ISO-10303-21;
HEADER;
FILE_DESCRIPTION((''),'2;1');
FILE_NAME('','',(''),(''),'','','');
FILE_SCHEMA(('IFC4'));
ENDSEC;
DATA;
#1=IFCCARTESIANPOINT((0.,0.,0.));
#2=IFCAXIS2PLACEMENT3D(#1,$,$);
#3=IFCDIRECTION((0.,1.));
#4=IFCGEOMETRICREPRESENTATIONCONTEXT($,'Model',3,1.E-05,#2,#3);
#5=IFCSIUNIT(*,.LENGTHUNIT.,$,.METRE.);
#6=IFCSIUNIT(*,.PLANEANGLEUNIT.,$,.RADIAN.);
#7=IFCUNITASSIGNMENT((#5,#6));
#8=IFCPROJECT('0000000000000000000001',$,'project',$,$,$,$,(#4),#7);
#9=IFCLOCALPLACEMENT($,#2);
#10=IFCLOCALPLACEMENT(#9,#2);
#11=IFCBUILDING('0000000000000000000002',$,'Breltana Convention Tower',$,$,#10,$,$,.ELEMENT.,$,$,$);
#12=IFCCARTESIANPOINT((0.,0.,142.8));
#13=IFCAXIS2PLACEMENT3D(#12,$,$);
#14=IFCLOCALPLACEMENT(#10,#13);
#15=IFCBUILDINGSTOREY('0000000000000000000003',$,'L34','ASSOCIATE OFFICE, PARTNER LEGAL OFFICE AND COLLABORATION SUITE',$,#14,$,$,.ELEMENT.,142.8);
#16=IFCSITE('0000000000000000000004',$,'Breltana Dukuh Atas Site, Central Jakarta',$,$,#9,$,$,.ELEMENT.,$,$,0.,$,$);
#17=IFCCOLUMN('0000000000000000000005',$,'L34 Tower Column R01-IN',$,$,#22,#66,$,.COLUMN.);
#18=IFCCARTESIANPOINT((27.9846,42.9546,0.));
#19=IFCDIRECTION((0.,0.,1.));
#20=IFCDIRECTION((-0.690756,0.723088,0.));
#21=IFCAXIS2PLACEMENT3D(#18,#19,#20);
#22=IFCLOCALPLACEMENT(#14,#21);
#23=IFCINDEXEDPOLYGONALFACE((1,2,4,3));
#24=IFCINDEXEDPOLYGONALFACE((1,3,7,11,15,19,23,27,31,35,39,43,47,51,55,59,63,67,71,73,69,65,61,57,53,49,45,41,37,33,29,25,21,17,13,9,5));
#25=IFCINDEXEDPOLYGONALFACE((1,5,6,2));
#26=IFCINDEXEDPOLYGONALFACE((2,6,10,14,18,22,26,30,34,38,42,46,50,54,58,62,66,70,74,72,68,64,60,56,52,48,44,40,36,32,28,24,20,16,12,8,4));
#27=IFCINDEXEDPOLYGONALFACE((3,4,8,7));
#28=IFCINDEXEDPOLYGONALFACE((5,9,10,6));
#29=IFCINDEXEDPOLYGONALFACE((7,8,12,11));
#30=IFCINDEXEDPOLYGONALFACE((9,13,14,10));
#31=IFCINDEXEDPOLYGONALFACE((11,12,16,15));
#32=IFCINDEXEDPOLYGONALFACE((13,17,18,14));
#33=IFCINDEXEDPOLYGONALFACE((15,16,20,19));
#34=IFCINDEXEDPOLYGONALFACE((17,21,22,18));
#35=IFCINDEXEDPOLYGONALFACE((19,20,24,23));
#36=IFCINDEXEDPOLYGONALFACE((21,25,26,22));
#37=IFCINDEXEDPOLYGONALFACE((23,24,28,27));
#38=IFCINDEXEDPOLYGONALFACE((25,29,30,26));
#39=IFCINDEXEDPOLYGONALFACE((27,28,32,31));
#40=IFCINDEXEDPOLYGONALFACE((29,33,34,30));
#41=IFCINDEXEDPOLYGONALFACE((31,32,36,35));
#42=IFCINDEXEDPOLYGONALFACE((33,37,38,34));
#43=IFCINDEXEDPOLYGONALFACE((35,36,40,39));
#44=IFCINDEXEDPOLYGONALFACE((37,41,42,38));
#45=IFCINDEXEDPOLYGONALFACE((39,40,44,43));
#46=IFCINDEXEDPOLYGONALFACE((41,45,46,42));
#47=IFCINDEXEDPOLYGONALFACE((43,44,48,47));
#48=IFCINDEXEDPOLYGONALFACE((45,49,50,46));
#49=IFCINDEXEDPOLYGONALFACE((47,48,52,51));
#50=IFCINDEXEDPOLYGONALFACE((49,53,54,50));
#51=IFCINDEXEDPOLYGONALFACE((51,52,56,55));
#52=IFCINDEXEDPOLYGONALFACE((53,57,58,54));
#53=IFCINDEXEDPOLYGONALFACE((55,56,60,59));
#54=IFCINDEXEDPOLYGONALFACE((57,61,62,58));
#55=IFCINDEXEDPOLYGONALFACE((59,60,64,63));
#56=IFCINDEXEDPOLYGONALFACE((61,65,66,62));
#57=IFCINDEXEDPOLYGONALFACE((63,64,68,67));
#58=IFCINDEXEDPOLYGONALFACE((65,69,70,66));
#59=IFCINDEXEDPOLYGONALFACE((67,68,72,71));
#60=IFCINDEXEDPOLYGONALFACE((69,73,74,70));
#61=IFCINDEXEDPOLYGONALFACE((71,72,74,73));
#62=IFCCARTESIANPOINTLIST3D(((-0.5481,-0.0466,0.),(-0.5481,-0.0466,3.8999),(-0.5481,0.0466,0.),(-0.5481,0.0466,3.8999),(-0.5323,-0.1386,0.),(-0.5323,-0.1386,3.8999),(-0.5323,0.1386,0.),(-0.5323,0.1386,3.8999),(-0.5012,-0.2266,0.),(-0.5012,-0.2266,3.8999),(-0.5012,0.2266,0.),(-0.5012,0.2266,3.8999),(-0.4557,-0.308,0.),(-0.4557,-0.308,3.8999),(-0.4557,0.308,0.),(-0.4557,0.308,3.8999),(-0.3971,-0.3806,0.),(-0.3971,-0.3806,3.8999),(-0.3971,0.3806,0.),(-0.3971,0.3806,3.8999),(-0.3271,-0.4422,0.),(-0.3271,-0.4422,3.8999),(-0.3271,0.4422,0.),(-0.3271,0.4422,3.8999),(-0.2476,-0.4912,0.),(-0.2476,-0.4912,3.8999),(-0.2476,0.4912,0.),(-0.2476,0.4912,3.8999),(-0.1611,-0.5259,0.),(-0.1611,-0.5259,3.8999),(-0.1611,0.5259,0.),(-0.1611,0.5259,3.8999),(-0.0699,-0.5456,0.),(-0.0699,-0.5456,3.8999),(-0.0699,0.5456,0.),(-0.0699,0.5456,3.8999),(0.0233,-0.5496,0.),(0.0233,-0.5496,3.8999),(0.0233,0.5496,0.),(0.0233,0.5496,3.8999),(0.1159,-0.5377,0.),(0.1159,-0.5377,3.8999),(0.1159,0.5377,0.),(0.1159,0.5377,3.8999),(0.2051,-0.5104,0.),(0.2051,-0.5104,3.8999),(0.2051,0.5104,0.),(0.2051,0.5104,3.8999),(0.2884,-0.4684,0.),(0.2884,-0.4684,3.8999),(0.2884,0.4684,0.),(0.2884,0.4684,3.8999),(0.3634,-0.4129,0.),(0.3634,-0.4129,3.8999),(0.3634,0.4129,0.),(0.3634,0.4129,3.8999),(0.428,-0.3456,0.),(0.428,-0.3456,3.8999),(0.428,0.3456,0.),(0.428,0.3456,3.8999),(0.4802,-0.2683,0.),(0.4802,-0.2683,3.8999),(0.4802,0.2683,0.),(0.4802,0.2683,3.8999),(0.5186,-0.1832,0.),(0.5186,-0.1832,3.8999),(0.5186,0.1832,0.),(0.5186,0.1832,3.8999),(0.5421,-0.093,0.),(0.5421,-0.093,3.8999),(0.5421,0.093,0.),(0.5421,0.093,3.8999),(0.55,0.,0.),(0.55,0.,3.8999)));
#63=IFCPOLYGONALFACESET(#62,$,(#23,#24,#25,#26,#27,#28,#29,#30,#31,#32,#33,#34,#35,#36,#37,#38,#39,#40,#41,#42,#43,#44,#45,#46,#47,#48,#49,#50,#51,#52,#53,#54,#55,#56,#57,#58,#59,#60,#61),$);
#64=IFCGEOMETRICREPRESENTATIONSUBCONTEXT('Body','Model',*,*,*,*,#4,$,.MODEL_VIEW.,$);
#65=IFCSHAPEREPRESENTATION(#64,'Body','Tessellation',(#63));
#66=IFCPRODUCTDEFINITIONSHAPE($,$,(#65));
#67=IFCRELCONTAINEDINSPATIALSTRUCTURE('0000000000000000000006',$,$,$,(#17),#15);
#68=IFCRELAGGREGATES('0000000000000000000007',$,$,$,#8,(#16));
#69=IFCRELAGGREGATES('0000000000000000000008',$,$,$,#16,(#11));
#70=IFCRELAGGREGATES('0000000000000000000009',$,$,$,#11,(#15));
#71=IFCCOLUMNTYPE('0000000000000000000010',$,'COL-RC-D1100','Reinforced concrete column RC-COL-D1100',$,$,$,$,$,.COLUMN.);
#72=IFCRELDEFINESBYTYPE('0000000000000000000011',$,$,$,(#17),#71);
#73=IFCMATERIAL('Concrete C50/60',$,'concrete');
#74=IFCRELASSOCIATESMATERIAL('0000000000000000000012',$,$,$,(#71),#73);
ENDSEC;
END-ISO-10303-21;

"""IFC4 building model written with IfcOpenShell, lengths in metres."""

from ifc_helpers import new_model, si_unit, direction, frame, origin, origin_2d, place, context, subcontext, project, spatial, circle, extrude, source, transform, mapped, material, material_profile, profile_set, type_object, element, save


model = new_model("IFC4")

# Units and contexts
model_context = context("Model", 3, precision=1e-05, world=origin(), true_north=direction((0.0, 1.0)))
body_context = subcontext(model_context, "Body", "Model", "MODEL_VIEW")
ifc_project = project(units=[si_unit("LENGTHUNIT", "METRE"), si_unit("PLANEANGLEUNIT", "RADIAN")], contexts=[model_context])

# Site, building, storey
site_placement = place(None, origin())
site = spatial("IfcSite", under=ifc_project, at=site_placement, Name="Breltana Dukuh Atas Site, Central Jakarta", CompositionType="ELEMENT", RefElevation=0.0)
building_placement = place(site_placement, origin())
building = spatial("IfcBuilding", under=site, at=building_placement, Name="Breltana Convention Tower", CompositionType="ELEMENT")
storey_placement = place(building_placement, frame((0.0, 0.0, 142.8)))
storey = spatial("IfcBuildingStorey", under=building, at=storey_placement, Name="L34", Description="ASSOCIATE OFFICE, PARTNER LEGAL OFFICE AND COLLABORATION SUITE", CompositionType="ELEMENT", Elevation=142.8)

# Column
ifc_material_1 = material(Name="Concrete C50/60", Category="concrete")
ifc_material_profile_1 = material_profile(ifc_material_1, circle(Radius=0.55, at=origin_2d()), Name="RC-COL-D1100")
ifc_profile_set_1 = profile_set([ifc_material_profile_1], Name="Concrete C50/60")
column_type = type_object("IfcColumnType", Name="COL-RC-D1100", Description="Reinforced concrete column RC-COL-D1100", PredefinedType="COLUMN", material=ifc_profile_set_1)
shared_shape_1 = source(origin(), body_context, "Body", "SweptSolid", [
    extrude(circle(Radius=0.55, at=origin_2d()), origin(), (0.0, 0.0, 1.0), 3.8999),
])
column_placement = place(storey_placement, frame((27.9846, 42.9546, 0.0), z_axis=(0.0, 0.0, 1.0), x_axis=(-0.690756, 0.723088, 0.0)))
element("IfcColumn", 1, at=column_placement, inside=storey, type_object=column_type, Name="L34 Tower Column R01-IN", PredefinedType="COLUMN", context=body_context, shape_type="MappedRepresentation", body=[
    mapped(shared_shape_1, transform((0.0, 0.0, 0.0), scale=1.0)),
])

save(model, "model.ifc")
